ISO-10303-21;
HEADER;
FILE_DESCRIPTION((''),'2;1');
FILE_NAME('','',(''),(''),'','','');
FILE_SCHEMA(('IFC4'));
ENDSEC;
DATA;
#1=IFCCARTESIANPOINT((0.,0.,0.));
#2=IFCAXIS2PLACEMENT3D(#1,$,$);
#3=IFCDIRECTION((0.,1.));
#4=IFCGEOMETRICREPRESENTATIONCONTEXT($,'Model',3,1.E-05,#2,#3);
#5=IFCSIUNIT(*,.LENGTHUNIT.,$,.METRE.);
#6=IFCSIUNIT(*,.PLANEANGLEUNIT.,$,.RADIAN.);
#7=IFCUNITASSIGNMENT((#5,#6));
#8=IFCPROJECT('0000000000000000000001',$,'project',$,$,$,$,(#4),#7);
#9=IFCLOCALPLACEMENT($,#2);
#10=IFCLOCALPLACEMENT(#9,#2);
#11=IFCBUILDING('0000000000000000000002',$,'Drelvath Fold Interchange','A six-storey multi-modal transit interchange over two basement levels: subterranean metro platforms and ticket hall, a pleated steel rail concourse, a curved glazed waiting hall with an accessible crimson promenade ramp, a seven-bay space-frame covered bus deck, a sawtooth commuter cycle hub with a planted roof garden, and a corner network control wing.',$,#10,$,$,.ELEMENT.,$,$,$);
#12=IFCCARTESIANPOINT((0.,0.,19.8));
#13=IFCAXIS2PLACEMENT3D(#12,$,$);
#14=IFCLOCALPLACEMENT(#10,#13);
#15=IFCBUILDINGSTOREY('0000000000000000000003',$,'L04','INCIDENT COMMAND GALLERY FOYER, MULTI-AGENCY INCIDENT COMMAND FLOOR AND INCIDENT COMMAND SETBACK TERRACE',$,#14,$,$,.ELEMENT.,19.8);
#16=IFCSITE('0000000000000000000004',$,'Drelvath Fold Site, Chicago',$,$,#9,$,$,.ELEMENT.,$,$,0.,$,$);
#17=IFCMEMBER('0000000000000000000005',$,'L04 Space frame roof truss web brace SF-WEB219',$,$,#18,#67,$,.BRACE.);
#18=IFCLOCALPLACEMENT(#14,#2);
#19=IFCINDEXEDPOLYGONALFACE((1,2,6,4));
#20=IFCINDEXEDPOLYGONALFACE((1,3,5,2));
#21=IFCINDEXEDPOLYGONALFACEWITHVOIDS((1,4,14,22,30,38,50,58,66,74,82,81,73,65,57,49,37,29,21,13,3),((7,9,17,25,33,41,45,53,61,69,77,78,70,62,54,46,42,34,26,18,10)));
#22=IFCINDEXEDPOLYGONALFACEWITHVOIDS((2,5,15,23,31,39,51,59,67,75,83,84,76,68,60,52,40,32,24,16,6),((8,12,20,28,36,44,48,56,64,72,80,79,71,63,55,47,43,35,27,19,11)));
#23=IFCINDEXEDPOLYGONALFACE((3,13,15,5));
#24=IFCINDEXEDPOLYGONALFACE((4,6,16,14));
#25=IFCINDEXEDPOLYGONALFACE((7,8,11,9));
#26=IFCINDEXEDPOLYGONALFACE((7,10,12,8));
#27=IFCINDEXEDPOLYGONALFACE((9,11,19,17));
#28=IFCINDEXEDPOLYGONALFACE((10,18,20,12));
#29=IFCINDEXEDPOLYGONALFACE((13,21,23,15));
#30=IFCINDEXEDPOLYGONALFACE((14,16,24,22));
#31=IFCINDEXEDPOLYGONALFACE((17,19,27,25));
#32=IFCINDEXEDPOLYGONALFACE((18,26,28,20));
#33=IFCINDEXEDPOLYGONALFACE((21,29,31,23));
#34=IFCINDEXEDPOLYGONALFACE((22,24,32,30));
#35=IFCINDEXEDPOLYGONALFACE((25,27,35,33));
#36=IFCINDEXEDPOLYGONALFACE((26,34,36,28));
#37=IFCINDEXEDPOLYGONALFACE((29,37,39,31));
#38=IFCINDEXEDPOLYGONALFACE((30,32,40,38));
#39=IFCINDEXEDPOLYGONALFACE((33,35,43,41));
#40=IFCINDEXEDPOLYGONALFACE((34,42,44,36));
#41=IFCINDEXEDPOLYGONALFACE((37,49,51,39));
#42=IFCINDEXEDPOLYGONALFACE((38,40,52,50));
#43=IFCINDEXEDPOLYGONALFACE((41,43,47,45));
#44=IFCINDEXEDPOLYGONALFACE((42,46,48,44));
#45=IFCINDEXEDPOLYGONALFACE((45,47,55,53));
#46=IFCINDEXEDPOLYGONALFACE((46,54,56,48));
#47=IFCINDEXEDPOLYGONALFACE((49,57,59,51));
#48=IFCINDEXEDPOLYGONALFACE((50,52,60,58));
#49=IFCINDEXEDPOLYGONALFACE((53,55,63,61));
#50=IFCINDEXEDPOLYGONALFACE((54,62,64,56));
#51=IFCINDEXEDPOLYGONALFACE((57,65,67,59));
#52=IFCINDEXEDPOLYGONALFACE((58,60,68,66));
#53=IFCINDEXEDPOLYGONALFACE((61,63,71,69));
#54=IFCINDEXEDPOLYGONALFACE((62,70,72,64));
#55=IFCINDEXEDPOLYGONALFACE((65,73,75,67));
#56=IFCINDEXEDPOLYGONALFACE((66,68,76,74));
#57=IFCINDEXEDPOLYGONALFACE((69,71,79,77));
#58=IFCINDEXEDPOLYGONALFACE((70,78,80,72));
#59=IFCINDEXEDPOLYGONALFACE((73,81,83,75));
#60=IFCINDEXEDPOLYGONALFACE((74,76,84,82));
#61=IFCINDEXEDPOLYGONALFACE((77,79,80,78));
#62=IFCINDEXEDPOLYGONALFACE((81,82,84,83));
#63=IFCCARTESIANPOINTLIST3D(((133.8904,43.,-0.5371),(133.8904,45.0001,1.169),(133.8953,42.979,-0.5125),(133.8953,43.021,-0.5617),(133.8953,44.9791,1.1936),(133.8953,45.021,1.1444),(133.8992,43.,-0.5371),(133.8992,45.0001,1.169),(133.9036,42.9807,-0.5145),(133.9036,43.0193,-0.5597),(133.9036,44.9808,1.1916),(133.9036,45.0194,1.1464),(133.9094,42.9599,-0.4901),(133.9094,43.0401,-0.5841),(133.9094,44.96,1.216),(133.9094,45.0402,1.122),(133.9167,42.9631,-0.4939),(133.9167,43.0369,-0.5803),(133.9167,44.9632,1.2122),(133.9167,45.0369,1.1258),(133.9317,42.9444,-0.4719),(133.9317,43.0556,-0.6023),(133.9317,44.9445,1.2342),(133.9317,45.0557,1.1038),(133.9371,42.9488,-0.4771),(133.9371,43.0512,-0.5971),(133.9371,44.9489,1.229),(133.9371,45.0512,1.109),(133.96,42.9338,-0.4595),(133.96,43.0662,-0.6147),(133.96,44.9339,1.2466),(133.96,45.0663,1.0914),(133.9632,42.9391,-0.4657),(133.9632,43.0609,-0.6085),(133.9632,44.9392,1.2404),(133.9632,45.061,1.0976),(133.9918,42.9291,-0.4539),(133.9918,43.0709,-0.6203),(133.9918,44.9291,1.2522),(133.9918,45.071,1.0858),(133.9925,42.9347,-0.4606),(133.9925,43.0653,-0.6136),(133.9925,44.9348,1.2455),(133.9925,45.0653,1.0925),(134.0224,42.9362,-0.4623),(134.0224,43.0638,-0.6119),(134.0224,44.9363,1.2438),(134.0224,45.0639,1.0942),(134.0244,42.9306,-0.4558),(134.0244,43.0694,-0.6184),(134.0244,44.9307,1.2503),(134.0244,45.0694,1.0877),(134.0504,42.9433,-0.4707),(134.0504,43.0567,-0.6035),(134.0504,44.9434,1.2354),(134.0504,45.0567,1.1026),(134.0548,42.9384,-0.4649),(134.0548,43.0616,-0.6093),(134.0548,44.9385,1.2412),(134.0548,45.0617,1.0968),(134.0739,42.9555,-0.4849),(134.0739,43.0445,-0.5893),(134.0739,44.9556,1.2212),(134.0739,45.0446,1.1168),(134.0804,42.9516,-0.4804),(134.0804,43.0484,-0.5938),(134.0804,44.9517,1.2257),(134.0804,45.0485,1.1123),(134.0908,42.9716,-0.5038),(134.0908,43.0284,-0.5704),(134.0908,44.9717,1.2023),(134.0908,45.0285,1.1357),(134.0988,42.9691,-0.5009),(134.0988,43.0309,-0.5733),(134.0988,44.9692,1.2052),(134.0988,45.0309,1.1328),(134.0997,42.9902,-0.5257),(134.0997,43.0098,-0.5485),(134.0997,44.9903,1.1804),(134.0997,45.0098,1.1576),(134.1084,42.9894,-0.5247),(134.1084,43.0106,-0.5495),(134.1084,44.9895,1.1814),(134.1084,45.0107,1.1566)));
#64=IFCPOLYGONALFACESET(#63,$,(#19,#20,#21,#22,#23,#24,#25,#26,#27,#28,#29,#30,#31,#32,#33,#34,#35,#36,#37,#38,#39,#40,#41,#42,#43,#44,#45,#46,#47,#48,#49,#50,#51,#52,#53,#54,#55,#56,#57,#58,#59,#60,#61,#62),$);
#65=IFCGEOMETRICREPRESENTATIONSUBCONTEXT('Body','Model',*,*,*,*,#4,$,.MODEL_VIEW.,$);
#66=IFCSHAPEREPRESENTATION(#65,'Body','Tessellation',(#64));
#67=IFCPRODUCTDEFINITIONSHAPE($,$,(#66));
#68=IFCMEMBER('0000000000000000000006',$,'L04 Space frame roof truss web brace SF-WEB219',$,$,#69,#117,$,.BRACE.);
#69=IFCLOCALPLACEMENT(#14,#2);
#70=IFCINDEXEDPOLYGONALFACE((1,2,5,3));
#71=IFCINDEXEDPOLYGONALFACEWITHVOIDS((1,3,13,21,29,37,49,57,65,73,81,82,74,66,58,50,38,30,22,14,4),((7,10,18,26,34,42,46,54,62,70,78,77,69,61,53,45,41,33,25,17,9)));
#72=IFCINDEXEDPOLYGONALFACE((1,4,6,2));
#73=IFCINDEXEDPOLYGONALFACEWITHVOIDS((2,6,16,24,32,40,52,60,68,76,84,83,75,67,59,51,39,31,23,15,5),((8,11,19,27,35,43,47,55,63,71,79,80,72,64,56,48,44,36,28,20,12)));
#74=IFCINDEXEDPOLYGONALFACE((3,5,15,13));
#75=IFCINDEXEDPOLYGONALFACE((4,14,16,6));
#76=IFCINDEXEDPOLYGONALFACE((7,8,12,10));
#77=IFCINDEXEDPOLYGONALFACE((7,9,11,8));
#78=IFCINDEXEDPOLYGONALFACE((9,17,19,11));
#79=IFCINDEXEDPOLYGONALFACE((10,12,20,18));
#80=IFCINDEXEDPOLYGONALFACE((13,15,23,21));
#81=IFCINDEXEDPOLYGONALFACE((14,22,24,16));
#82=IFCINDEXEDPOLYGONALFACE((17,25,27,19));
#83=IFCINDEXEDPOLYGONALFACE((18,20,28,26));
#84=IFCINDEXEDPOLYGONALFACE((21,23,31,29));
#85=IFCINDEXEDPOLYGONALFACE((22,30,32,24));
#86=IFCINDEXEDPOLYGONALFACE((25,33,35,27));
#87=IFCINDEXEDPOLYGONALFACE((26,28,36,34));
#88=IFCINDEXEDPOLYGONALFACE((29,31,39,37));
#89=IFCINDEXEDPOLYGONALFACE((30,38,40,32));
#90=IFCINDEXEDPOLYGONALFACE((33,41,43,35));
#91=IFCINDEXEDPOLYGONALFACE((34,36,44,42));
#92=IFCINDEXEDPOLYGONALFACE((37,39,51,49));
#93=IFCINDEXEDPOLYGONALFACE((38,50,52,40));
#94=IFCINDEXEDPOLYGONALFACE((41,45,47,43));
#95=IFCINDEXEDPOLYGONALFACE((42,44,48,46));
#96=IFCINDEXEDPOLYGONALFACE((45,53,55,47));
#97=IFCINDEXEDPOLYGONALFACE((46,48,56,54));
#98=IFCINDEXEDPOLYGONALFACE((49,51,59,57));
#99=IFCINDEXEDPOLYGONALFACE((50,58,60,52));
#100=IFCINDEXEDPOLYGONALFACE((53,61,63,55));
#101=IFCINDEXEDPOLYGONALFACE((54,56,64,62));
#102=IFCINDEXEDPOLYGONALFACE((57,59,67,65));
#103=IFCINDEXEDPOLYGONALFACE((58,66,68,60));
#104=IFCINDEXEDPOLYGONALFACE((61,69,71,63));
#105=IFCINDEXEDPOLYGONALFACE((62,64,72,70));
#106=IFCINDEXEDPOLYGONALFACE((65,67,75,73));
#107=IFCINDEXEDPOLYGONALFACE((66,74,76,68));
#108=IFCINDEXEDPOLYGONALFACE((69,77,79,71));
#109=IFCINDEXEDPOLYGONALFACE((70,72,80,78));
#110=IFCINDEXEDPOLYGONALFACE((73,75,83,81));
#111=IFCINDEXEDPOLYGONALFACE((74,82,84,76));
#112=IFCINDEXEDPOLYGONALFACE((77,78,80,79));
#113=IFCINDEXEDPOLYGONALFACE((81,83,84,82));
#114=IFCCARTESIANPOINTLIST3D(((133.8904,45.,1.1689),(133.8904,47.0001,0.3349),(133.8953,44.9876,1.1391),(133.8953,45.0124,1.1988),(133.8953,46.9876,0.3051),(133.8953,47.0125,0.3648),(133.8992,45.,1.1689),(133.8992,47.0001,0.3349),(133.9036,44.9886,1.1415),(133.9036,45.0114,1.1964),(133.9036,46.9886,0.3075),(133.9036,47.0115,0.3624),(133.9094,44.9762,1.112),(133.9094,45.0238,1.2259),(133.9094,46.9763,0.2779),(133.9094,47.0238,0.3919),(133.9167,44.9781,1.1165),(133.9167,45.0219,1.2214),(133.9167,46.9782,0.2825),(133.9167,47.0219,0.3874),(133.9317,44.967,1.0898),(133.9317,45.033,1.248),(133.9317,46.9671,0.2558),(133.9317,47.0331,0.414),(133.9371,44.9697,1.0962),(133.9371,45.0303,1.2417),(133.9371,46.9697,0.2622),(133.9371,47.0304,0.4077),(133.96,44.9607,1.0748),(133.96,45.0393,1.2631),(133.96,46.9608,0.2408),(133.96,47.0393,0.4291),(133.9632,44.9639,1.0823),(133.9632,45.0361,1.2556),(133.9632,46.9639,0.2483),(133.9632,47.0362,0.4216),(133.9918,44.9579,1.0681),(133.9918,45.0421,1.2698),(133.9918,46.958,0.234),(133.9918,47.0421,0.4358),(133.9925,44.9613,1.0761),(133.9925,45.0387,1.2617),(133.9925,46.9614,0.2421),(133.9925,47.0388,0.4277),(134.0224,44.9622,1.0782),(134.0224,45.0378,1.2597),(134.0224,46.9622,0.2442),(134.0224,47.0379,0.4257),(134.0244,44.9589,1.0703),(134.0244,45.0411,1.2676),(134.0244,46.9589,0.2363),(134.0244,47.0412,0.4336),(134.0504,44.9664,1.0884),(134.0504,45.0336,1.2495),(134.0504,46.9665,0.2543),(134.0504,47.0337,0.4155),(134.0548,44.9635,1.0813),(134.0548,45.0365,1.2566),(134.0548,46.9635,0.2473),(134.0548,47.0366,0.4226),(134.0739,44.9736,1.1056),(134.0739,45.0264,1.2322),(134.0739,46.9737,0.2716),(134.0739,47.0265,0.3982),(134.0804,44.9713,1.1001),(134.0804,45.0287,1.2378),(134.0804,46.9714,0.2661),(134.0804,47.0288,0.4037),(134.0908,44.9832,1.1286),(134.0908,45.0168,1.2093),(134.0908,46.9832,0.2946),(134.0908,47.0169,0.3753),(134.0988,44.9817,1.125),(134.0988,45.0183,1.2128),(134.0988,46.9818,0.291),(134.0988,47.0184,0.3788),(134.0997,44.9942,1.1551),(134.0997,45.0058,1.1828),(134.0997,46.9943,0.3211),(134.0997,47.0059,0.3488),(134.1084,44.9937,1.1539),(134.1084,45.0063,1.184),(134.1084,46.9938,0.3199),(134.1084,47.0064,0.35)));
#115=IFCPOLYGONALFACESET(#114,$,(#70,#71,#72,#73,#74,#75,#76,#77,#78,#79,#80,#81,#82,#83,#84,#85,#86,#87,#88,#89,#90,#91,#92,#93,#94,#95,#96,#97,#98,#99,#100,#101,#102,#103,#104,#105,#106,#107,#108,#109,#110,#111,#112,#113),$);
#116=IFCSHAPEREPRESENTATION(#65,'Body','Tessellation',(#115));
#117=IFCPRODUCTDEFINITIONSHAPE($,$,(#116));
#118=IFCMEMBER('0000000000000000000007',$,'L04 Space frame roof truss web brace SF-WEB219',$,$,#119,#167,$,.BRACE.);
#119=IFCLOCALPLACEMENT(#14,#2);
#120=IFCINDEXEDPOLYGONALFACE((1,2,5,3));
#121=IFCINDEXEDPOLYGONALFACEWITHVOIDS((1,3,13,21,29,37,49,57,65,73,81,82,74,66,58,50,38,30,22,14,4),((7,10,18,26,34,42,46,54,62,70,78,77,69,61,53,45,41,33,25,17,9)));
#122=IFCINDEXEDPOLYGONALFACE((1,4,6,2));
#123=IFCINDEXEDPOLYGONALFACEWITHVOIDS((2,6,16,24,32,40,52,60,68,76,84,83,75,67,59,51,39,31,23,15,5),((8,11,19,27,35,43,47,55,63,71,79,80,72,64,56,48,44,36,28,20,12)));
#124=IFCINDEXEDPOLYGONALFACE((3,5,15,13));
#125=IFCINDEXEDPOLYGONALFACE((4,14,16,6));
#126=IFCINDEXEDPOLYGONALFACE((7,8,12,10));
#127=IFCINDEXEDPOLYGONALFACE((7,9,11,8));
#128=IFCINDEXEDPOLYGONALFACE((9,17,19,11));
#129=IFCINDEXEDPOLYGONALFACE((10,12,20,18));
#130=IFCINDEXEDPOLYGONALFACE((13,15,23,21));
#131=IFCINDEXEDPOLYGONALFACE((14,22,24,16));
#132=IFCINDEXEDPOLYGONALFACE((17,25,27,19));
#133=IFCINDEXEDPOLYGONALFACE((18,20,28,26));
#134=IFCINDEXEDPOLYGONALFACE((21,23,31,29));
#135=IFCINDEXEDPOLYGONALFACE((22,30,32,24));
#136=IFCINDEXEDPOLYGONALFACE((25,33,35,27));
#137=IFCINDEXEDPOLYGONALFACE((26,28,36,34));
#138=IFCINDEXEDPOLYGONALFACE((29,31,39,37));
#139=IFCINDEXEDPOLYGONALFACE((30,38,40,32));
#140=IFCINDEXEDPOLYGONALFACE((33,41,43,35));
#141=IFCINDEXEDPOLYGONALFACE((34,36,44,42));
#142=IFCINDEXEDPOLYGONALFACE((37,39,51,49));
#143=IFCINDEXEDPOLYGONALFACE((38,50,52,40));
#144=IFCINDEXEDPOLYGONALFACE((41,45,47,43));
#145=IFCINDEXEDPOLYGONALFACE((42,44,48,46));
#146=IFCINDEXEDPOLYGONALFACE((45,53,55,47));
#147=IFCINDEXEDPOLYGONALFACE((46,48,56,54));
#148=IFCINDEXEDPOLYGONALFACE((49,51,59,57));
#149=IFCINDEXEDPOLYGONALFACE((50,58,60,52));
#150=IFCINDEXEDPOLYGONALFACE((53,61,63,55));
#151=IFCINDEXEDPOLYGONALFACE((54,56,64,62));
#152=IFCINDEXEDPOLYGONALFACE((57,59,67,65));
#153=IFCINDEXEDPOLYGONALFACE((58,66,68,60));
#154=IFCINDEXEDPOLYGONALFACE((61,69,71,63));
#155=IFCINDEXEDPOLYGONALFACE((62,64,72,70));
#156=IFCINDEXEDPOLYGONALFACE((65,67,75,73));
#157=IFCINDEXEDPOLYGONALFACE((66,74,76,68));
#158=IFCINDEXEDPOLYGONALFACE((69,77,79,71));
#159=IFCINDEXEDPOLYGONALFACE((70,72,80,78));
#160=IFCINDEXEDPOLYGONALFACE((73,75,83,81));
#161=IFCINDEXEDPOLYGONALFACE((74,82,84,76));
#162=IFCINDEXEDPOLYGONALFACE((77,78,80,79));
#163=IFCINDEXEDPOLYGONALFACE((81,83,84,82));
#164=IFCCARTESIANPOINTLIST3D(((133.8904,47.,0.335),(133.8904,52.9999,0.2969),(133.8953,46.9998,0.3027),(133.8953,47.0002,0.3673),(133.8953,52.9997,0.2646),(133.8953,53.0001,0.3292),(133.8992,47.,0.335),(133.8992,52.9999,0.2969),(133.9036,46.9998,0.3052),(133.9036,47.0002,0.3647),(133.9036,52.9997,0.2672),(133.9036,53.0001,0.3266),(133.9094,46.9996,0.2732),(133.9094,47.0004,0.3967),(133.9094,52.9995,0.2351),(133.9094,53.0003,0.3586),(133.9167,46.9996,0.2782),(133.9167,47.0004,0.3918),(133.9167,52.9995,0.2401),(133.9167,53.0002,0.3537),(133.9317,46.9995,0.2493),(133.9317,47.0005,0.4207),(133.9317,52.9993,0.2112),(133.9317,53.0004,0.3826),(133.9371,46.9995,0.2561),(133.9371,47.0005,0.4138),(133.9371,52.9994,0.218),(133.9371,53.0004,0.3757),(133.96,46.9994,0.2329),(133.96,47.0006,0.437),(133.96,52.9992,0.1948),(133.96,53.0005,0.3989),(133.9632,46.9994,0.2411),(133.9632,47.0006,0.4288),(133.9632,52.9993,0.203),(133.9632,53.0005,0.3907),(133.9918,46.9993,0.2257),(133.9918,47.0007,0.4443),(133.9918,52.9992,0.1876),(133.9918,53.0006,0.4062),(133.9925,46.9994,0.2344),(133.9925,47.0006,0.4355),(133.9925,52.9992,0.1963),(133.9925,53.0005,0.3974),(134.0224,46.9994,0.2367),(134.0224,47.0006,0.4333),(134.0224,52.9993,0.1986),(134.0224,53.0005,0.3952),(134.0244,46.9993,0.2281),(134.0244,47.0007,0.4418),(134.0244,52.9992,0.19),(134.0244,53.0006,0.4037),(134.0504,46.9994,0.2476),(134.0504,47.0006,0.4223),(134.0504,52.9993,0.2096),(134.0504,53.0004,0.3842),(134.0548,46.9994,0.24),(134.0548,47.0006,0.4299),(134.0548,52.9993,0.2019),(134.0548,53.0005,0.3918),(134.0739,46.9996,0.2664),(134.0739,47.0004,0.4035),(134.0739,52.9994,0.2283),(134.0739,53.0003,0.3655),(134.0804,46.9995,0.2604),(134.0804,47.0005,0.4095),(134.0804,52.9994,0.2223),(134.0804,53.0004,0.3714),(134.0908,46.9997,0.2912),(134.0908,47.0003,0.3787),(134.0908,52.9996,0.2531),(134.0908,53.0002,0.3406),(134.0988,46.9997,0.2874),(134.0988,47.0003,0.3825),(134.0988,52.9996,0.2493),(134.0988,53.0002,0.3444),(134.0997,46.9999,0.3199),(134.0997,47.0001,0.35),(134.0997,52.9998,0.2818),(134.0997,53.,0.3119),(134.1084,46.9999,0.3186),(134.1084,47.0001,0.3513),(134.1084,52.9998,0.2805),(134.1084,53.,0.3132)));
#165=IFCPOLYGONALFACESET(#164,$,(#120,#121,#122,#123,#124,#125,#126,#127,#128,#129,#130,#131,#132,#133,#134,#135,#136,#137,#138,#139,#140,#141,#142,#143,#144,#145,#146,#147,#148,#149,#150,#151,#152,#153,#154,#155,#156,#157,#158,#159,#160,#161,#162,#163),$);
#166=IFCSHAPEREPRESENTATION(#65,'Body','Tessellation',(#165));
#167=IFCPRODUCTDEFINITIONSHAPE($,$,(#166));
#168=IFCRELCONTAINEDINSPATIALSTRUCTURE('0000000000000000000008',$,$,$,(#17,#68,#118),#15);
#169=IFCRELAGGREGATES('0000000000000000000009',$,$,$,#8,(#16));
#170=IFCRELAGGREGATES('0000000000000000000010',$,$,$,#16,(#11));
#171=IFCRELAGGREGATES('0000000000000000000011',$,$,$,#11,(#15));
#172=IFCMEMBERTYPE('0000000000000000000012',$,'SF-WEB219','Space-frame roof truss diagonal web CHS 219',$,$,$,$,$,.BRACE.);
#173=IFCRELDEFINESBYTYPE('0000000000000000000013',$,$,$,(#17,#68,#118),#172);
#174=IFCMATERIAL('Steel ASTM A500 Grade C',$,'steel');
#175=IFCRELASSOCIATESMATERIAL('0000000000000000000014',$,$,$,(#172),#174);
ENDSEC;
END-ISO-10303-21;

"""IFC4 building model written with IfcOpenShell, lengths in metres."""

from ifc_helpers import new_model, si_unit, direction, frame, origin, origin_2d, place, context, subcontext, project, spatial, hollow_circle, extrude, material, material_profile, profile_set, type_object, element, save


model = new_model("IFC4")

# Units and contexts
model_context = context("Model", 3, precision=1e-05, world=origin(), true_north=direction((0.0, 1.0)))
body_context = subcontext(model_context, "Body", "Model", "MODEL_VIEW")
ifc_project = project(units=[si_unit("LENGTHUNIT", "METRE"), si_unit("PLANEANGLEUNIT", "RADIAN")], contexts=[model_context])

# Site, building, storey
site_placement = place(None, origin())
site = spatial("IfcSite", under=ifc_project, at=site_placement, Name="Drelvath Fold Site, Chicago", CompositionType="ELEMENT", RefElevation=0.0)
building_placement = place(site_placement, origin())
building = spatial("IfcBuilding", under=site, at=building_placement, Name="Drelvath Fold Interchange", Description="A six-storey multi-modal transit interchange over two basement levels: subterranean metro platforms and ticket hall, a pleated steel rail concourse, a curved glazed waiting hall with an accessible crimson promenade ramp, a seven-bay space-frame covered bus deck, a sawtooth commuter cycle hub with a planted roof garden, and a corner network control wing.", CompositionType="ELEMENT")
storey_placement = place(building_placement, frame((0.0, 0.0, 19.8)))
storey = spatial("IfcBuildingStorey", under=building, at=storey_placement, Name="L04", Description="INCIDENT COMMAND GALLERY FOYER, MULTI-AGENCY INCIDENT COMMAND FLOOR AND INCIDENT COMMAND SETBACK TERRACE", CompositionType="ELEMENT", Elevation=19.8)

# Shared definitions
ifc_material_1 = material(Name="Steel ASTM A500 Grade C", Category="steel")

# Members
ifc_material_profile_1 = material_profile(ifc_material_1, hollow_circle(Radius=0.1096, WallThickness=0.0088, at=origin_2d()), Name="HSS8.625X0.375")
ifc_profile_set_1 = profile_set([ifc_material_profile_1], Name="Steel ASTM A500 Grade C")
member_type_1 = type_object("IfcMemberType", Name="SF-WEB219", Description="Space-frame roof truss diagonal web CHS 219", PredefinedType="BRACE", material=ifc_profile_set_1)
member_1_placement = place(storey_placement, frame((134.0, 43.0, -0.5371), z_axis=(0.0, 0.760802, 0.648985), x_axis=(-1.0, 0.0, 0.0)))
element("IfcMember", 1, at=member_1_placement, inside=storey, type_object=member_type_1, Name="L04 Space frame roof truss web brace SF-WEB219", PredefinedType="BRACE", context=body_context, shape_type="SweptSolid", body=[
    extrude(hollow_circle(Radius=0.1096, WallThickness=0.0088, at=origin_2d()), origin(), (0.0, 0.0, 1.0), 2.6289),
])
member_2_placement = place(storey_placement, frame((134.0, 45.0, 1.1689), z_axis=(0.0, 0.92297, -0.384871), x_axis=(-1.0, 0.0, 0.0)))
element("IfcMember", 2, at=member_2_placement, inside=storey, type_object=member_type_1, Name="L04 Space frame roof truss web brace SF-WEB219", PredefinedType="BRACE", context=body_context, shape_type="SweptSolid", body=[
    extrude(hollow_circle(Radius=0.1096, WallThickness=0.0088, at=origin_2d()), origin(), (0.0, 0.0, 1.0), 2.167),
])
member_3_placement = place(storey_placement, frame((134.0, 47.0, 0.335), z_axis=(0.0, 0.99998, -0.006348), x_axis=(-1.0, 0.0, 0.0)))
element("IfcMember", 3, at=member_3_placement, inside=storey, type_object=member_type_1, Name="L04 Space frame roof truss web brace SF-WEB219", PredefinedType="BRACE", context=body_context, shape_type="SweptSolid", body=[
    extrude(hollow_circle(Radius=0.1096, WallThickness=0.0088, at=origin_2d()), origin(), (0.0, 0.0, 1.0), 6.0),
])

save(model, "model.ifc")
